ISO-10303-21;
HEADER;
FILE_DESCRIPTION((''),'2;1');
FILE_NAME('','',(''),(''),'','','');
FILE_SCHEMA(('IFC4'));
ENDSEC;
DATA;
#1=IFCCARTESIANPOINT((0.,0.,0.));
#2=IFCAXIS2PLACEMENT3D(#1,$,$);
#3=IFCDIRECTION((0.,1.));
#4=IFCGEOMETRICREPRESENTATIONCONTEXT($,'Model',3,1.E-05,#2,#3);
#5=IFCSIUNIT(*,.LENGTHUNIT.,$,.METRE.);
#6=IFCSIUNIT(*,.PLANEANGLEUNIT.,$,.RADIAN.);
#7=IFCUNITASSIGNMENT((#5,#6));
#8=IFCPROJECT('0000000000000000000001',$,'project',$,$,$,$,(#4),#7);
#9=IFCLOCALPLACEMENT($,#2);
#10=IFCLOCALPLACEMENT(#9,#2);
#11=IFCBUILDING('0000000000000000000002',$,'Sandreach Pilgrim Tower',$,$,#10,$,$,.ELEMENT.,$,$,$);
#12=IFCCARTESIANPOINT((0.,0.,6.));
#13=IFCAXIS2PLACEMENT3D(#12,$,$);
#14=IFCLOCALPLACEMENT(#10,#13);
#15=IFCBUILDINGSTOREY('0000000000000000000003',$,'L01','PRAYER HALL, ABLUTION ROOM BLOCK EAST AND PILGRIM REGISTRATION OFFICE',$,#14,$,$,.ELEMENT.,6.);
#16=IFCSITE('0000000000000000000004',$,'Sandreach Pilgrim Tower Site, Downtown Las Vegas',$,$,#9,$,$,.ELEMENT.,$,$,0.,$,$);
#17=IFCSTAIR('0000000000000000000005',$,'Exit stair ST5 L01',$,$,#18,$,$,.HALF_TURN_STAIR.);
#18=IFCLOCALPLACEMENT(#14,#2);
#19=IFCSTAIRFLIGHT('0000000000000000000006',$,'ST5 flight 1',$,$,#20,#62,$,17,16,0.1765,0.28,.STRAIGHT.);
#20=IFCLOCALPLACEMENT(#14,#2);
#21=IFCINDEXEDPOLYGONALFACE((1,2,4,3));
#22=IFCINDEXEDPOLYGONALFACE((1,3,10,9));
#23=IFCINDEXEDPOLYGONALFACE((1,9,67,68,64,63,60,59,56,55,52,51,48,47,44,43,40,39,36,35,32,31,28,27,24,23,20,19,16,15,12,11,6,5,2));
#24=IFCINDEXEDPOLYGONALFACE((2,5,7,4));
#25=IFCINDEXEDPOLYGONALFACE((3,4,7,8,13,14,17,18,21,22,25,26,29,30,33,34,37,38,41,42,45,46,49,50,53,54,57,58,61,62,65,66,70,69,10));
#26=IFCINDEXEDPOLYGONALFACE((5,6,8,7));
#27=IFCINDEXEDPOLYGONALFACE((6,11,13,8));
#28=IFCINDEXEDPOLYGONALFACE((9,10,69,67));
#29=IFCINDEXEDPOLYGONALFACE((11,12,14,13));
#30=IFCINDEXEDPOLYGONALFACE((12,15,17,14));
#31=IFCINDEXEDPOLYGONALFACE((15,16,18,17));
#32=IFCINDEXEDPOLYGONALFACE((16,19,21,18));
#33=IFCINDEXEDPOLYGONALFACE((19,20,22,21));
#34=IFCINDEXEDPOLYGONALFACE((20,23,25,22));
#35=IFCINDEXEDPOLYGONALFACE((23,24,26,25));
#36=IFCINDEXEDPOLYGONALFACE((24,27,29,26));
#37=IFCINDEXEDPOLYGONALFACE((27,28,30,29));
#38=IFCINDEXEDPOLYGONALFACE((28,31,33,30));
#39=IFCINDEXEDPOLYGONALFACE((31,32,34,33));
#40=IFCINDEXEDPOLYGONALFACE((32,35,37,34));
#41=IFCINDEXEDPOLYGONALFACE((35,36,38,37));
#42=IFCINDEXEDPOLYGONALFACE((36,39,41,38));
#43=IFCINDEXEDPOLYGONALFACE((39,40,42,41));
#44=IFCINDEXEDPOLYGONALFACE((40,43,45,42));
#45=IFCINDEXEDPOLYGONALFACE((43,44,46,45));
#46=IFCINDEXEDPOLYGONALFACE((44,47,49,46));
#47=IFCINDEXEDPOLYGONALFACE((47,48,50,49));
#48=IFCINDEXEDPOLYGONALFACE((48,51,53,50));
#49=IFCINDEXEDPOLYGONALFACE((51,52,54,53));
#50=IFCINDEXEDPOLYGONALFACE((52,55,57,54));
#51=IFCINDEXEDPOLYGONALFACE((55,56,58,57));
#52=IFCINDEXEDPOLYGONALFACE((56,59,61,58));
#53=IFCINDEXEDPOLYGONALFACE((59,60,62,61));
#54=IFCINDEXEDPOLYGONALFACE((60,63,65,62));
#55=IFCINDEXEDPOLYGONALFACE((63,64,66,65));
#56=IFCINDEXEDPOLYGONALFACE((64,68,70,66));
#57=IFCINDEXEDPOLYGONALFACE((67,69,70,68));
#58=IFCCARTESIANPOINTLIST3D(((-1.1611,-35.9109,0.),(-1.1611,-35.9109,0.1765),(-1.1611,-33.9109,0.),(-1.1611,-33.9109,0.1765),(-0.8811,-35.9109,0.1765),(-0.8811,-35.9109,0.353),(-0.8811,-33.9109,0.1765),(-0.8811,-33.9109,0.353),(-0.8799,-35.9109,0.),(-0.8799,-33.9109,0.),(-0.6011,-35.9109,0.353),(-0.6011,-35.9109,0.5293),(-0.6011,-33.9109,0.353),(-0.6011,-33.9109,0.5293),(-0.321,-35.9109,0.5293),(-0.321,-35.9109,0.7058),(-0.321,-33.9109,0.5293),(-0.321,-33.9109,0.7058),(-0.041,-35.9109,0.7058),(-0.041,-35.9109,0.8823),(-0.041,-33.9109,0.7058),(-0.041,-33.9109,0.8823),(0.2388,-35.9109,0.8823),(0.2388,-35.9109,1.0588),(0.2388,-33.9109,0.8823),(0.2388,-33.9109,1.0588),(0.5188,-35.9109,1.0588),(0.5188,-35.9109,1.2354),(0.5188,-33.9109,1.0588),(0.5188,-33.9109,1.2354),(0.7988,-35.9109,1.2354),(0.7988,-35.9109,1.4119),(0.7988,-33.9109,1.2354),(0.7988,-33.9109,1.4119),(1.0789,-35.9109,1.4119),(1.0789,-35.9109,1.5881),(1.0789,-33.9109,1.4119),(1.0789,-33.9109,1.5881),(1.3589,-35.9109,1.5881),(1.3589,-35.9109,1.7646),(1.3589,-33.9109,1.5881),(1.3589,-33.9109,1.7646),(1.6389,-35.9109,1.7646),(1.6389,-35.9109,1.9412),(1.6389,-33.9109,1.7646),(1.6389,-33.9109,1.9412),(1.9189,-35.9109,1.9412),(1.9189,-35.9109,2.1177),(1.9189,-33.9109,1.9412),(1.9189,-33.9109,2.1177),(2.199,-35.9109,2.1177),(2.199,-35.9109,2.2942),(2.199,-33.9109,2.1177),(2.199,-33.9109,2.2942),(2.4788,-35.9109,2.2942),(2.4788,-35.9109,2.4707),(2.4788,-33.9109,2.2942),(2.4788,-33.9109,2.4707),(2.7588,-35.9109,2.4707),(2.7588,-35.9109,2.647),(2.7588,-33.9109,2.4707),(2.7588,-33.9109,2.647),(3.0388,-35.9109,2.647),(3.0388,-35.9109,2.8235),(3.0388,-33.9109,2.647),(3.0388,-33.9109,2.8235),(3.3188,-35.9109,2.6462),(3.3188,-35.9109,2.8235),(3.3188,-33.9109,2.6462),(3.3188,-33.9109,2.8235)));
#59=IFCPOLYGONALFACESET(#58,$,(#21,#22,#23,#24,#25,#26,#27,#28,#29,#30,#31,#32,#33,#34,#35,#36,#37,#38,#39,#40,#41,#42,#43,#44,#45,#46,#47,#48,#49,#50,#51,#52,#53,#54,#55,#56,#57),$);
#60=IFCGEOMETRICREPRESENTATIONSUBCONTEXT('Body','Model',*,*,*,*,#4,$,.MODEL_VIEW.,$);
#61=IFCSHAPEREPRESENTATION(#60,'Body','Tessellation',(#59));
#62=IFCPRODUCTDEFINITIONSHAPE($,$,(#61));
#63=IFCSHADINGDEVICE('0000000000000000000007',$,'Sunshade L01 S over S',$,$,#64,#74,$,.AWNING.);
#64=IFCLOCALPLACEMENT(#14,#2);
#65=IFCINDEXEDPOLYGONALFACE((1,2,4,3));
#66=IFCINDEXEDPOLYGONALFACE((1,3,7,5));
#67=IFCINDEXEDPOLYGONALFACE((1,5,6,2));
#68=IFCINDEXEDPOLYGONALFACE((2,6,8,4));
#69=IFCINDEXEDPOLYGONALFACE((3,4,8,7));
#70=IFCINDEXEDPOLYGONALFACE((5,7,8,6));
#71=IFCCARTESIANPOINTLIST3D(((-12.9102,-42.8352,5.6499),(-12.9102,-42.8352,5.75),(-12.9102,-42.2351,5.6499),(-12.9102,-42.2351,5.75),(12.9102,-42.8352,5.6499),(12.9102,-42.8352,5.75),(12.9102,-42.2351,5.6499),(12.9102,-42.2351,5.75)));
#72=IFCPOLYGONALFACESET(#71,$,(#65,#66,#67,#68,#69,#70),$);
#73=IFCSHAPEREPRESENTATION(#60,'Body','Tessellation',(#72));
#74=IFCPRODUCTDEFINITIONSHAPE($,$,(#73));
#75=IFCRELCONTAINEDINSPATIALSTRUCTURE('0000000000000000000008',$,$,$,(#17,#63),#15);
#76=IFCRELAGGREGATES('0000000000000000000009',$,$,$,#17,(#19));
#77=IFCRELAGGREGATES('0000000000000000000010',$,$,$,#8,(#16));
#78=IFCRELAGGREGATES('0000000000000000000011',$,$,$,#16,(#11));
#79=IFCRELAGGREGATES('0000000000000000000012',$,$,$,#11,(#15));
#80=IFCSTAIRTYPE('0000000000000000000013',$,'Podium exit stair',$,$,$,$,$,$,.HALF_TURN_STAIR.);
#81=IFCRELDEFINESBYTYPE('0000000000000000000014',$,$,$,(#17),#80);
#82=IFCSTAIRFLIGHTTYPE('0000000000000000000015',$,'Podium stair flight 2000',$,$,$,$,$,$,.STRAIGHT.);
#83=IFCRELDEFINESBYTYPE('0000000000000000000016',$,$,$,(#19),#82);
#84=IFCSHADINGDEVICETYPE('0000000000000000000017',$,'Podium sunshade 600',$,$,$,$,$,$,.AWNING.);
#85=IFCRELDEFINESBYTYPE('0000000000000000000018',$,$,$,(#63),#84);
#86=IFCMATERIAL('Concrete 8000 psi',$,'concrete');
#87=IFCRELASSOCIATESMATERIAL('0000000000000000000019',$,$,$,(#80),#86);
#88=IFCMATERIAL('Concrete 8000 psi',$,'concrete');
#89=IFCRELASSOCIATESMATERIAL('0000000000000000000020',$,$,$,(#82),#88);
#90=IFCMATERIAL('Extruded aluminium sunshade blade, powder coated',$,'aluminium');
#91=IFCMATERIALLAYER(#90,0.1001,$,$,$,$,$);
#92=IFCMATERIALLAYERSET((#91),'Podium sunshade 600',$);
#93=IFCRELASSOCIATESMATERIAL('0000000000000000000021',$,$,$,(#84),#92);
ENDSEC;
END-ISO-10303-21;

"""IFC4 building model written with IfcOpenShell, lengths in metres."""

from ifc_helpers import new_model, si_unit, direction, frame, origin, origin_2d, place, context, subcontext, project, spatial, polyline, rectangle, outline, extrude, material, layer, layer_set, type_object, element, aggregate, save


model = new_model("IFC4")

# Units and contexts
model_context = context("Model", 3, precision=1e-05, world=origin(), true_north=direction((0.0, 1.0)))
body_context = subcontext(model_context, "Body", "Model", "MODEL_VIEW")
ifc_project = project(units=[si_unit("LENGTHUNIT", "METRE"), si_unit("PLANEANGLEUNIT", "RADIAN")], contexts=[model_context])

# Site, building, storey
site_placement = place(None, origin())
site = spatial("IfcSite", under=ifc_project, at=site_placement, Name="Sandreach Pilgrim Tower Site, Downtown Las Vegas", CompositionType="ELEMENT", RefElevation=0.0)
building_placement = place(site_placement, origin())
building = spatial("IfcBuilding", under=site, at=building_placement, Name="Sandreach Pilgrim Tower", CompositionType="ELEMENT")
storey_placement = place(building_placement, frame((0.0, 0.0, 6.0)))
storey = spatial("IfcBuildingStorey", under=building, at=storey_placement, Name="L01", Description="PRAYER HALL, ABLUTION ROOM BLOCK EAST AND PILGRIM REGISTRATION OFFICE", CompositionType="ELEMENT", Elevation=6.0)

# Stair, stair flight
ifc_material_1 = material(Name="Concrete 8000 psi", Category="concrete")
stair_type = type_object("IfcStairType", Name="Podium exit stair", PredefinedType="HALF_TURN_STAIR", material=ifc_material_1)
stair_placement = place(storey_placement, origin())
stair = element("IfcStair", 1, at=stair_placement, inside=storey, type_object=stair_type, Name="Exit stair ST5 L01", PredefinedType="HALF_TURN_STAIR")
ifc_material_2 = material(Name="Concrete 8000 psi", Category="concrete")
stair_flight_type = type_object("IfcStairFlightType", Name="Podium stair flight 2000", PredefinedType="STRAIGHT", material=ifc_material_2)
stair_flight_placement = place(storey_placement, frame((-1.1611, -34.9109, 0.0), z_axis=(0.0, 0.0, 1.0), x_axis=(1.0, 0.0, 0.0)))
stair_flight = element("IfcStairFlight", 2, at=stair_flight_placement, type_object=stair_flight_type, Name="ST5 flight 1", NumberOfRisers=17, NumberOfTreads=16, PredefinedType="STRAIGHT", RiserHeight=0.1765, TreadLength=0.28, context=body_context, shape_type="SweptSolid", body=[
    extrude(outline(polyline([(0.0, 0.0), (0.0, 0.1765), (0.28, 0.1765), (0.28, 0.353), (0.5601, 0.353), (0.5601, 0.5293), (0.8401, 0.5293), (0.8401, 0.7058), (1.1201, 0.7058), (1.1201, 0.8823), (1.3999, 0.8823), (1.3999, 1.0588), (1.6799, 1.0588), (1.6799, 1.2354), (1.96, 1.2354), (1.96, 1.4119), (2.24, 1.4119), (2.24, 1.5881), (2.52, 1.5881), (2.52, 1.7646), (2.8, 1.7646), (2.8, 1.9412), (3.0801, 1.9412), (3.0801, 2.1177), (3.3601, 2.1177), (3.3601, 2.2942), (3.6399, 2.2942), (3.6399, 2.4707), (3.9199, 2.4707), (3.9199, 2.647), (4.2, 2.647), (4.2, 2.8235), (4.48, 2.8235), (4.48, 3.0), (4.48, 2.6462), (0.2812, 0.0), (0.0, 0.0)])), frame((0.0, 1.0, 0.0), z_axis=(0.0, -1.0, 0.0), x_axis=(1.0, 0.0, 0.0)), (0.0, 0.0, 1.0), 2.0),
])
aggregate(stair, [stair_flight])

# Shading device
ifc_material_3 = material(Name="Extruded aluminium sunshade blade, powder coated", Category="aluminium")
ifc_layer_1 = layer(ifc_material_3, 0.1001)
ifc_layer_set_1 = layer_set([ifc_layer_1], Name="Podium sunshade 600")
shading_device_type = type_object("IfcShadingDeviceType", Name="Podium sunshade 600", PredefinedType="AWNING", material=ifc_layer_set_1)
shading_device_placement = place(storey_placement, frame((0.0, -42.5352, 5.6499), z_axis=(0.0, 0.0, 1.0), x_axis=(-1.0, 0.0, 0.0)))
element("IfcShadingDevice", 3, at=shading_device_placement, inside=storey, type_object=shading_device_type, Name="Sunshade L01 S over S", PredefinedType="AWNING", context=body_context, shape_type="SweptSolid", body=[
    extrude(rectangle(XDim=25.8203, YDim=0.6001, at=origin_2d()), origin(), (0.0, 0.0, 1.0), 0.1001),
])

save(model, "model.ifc")
